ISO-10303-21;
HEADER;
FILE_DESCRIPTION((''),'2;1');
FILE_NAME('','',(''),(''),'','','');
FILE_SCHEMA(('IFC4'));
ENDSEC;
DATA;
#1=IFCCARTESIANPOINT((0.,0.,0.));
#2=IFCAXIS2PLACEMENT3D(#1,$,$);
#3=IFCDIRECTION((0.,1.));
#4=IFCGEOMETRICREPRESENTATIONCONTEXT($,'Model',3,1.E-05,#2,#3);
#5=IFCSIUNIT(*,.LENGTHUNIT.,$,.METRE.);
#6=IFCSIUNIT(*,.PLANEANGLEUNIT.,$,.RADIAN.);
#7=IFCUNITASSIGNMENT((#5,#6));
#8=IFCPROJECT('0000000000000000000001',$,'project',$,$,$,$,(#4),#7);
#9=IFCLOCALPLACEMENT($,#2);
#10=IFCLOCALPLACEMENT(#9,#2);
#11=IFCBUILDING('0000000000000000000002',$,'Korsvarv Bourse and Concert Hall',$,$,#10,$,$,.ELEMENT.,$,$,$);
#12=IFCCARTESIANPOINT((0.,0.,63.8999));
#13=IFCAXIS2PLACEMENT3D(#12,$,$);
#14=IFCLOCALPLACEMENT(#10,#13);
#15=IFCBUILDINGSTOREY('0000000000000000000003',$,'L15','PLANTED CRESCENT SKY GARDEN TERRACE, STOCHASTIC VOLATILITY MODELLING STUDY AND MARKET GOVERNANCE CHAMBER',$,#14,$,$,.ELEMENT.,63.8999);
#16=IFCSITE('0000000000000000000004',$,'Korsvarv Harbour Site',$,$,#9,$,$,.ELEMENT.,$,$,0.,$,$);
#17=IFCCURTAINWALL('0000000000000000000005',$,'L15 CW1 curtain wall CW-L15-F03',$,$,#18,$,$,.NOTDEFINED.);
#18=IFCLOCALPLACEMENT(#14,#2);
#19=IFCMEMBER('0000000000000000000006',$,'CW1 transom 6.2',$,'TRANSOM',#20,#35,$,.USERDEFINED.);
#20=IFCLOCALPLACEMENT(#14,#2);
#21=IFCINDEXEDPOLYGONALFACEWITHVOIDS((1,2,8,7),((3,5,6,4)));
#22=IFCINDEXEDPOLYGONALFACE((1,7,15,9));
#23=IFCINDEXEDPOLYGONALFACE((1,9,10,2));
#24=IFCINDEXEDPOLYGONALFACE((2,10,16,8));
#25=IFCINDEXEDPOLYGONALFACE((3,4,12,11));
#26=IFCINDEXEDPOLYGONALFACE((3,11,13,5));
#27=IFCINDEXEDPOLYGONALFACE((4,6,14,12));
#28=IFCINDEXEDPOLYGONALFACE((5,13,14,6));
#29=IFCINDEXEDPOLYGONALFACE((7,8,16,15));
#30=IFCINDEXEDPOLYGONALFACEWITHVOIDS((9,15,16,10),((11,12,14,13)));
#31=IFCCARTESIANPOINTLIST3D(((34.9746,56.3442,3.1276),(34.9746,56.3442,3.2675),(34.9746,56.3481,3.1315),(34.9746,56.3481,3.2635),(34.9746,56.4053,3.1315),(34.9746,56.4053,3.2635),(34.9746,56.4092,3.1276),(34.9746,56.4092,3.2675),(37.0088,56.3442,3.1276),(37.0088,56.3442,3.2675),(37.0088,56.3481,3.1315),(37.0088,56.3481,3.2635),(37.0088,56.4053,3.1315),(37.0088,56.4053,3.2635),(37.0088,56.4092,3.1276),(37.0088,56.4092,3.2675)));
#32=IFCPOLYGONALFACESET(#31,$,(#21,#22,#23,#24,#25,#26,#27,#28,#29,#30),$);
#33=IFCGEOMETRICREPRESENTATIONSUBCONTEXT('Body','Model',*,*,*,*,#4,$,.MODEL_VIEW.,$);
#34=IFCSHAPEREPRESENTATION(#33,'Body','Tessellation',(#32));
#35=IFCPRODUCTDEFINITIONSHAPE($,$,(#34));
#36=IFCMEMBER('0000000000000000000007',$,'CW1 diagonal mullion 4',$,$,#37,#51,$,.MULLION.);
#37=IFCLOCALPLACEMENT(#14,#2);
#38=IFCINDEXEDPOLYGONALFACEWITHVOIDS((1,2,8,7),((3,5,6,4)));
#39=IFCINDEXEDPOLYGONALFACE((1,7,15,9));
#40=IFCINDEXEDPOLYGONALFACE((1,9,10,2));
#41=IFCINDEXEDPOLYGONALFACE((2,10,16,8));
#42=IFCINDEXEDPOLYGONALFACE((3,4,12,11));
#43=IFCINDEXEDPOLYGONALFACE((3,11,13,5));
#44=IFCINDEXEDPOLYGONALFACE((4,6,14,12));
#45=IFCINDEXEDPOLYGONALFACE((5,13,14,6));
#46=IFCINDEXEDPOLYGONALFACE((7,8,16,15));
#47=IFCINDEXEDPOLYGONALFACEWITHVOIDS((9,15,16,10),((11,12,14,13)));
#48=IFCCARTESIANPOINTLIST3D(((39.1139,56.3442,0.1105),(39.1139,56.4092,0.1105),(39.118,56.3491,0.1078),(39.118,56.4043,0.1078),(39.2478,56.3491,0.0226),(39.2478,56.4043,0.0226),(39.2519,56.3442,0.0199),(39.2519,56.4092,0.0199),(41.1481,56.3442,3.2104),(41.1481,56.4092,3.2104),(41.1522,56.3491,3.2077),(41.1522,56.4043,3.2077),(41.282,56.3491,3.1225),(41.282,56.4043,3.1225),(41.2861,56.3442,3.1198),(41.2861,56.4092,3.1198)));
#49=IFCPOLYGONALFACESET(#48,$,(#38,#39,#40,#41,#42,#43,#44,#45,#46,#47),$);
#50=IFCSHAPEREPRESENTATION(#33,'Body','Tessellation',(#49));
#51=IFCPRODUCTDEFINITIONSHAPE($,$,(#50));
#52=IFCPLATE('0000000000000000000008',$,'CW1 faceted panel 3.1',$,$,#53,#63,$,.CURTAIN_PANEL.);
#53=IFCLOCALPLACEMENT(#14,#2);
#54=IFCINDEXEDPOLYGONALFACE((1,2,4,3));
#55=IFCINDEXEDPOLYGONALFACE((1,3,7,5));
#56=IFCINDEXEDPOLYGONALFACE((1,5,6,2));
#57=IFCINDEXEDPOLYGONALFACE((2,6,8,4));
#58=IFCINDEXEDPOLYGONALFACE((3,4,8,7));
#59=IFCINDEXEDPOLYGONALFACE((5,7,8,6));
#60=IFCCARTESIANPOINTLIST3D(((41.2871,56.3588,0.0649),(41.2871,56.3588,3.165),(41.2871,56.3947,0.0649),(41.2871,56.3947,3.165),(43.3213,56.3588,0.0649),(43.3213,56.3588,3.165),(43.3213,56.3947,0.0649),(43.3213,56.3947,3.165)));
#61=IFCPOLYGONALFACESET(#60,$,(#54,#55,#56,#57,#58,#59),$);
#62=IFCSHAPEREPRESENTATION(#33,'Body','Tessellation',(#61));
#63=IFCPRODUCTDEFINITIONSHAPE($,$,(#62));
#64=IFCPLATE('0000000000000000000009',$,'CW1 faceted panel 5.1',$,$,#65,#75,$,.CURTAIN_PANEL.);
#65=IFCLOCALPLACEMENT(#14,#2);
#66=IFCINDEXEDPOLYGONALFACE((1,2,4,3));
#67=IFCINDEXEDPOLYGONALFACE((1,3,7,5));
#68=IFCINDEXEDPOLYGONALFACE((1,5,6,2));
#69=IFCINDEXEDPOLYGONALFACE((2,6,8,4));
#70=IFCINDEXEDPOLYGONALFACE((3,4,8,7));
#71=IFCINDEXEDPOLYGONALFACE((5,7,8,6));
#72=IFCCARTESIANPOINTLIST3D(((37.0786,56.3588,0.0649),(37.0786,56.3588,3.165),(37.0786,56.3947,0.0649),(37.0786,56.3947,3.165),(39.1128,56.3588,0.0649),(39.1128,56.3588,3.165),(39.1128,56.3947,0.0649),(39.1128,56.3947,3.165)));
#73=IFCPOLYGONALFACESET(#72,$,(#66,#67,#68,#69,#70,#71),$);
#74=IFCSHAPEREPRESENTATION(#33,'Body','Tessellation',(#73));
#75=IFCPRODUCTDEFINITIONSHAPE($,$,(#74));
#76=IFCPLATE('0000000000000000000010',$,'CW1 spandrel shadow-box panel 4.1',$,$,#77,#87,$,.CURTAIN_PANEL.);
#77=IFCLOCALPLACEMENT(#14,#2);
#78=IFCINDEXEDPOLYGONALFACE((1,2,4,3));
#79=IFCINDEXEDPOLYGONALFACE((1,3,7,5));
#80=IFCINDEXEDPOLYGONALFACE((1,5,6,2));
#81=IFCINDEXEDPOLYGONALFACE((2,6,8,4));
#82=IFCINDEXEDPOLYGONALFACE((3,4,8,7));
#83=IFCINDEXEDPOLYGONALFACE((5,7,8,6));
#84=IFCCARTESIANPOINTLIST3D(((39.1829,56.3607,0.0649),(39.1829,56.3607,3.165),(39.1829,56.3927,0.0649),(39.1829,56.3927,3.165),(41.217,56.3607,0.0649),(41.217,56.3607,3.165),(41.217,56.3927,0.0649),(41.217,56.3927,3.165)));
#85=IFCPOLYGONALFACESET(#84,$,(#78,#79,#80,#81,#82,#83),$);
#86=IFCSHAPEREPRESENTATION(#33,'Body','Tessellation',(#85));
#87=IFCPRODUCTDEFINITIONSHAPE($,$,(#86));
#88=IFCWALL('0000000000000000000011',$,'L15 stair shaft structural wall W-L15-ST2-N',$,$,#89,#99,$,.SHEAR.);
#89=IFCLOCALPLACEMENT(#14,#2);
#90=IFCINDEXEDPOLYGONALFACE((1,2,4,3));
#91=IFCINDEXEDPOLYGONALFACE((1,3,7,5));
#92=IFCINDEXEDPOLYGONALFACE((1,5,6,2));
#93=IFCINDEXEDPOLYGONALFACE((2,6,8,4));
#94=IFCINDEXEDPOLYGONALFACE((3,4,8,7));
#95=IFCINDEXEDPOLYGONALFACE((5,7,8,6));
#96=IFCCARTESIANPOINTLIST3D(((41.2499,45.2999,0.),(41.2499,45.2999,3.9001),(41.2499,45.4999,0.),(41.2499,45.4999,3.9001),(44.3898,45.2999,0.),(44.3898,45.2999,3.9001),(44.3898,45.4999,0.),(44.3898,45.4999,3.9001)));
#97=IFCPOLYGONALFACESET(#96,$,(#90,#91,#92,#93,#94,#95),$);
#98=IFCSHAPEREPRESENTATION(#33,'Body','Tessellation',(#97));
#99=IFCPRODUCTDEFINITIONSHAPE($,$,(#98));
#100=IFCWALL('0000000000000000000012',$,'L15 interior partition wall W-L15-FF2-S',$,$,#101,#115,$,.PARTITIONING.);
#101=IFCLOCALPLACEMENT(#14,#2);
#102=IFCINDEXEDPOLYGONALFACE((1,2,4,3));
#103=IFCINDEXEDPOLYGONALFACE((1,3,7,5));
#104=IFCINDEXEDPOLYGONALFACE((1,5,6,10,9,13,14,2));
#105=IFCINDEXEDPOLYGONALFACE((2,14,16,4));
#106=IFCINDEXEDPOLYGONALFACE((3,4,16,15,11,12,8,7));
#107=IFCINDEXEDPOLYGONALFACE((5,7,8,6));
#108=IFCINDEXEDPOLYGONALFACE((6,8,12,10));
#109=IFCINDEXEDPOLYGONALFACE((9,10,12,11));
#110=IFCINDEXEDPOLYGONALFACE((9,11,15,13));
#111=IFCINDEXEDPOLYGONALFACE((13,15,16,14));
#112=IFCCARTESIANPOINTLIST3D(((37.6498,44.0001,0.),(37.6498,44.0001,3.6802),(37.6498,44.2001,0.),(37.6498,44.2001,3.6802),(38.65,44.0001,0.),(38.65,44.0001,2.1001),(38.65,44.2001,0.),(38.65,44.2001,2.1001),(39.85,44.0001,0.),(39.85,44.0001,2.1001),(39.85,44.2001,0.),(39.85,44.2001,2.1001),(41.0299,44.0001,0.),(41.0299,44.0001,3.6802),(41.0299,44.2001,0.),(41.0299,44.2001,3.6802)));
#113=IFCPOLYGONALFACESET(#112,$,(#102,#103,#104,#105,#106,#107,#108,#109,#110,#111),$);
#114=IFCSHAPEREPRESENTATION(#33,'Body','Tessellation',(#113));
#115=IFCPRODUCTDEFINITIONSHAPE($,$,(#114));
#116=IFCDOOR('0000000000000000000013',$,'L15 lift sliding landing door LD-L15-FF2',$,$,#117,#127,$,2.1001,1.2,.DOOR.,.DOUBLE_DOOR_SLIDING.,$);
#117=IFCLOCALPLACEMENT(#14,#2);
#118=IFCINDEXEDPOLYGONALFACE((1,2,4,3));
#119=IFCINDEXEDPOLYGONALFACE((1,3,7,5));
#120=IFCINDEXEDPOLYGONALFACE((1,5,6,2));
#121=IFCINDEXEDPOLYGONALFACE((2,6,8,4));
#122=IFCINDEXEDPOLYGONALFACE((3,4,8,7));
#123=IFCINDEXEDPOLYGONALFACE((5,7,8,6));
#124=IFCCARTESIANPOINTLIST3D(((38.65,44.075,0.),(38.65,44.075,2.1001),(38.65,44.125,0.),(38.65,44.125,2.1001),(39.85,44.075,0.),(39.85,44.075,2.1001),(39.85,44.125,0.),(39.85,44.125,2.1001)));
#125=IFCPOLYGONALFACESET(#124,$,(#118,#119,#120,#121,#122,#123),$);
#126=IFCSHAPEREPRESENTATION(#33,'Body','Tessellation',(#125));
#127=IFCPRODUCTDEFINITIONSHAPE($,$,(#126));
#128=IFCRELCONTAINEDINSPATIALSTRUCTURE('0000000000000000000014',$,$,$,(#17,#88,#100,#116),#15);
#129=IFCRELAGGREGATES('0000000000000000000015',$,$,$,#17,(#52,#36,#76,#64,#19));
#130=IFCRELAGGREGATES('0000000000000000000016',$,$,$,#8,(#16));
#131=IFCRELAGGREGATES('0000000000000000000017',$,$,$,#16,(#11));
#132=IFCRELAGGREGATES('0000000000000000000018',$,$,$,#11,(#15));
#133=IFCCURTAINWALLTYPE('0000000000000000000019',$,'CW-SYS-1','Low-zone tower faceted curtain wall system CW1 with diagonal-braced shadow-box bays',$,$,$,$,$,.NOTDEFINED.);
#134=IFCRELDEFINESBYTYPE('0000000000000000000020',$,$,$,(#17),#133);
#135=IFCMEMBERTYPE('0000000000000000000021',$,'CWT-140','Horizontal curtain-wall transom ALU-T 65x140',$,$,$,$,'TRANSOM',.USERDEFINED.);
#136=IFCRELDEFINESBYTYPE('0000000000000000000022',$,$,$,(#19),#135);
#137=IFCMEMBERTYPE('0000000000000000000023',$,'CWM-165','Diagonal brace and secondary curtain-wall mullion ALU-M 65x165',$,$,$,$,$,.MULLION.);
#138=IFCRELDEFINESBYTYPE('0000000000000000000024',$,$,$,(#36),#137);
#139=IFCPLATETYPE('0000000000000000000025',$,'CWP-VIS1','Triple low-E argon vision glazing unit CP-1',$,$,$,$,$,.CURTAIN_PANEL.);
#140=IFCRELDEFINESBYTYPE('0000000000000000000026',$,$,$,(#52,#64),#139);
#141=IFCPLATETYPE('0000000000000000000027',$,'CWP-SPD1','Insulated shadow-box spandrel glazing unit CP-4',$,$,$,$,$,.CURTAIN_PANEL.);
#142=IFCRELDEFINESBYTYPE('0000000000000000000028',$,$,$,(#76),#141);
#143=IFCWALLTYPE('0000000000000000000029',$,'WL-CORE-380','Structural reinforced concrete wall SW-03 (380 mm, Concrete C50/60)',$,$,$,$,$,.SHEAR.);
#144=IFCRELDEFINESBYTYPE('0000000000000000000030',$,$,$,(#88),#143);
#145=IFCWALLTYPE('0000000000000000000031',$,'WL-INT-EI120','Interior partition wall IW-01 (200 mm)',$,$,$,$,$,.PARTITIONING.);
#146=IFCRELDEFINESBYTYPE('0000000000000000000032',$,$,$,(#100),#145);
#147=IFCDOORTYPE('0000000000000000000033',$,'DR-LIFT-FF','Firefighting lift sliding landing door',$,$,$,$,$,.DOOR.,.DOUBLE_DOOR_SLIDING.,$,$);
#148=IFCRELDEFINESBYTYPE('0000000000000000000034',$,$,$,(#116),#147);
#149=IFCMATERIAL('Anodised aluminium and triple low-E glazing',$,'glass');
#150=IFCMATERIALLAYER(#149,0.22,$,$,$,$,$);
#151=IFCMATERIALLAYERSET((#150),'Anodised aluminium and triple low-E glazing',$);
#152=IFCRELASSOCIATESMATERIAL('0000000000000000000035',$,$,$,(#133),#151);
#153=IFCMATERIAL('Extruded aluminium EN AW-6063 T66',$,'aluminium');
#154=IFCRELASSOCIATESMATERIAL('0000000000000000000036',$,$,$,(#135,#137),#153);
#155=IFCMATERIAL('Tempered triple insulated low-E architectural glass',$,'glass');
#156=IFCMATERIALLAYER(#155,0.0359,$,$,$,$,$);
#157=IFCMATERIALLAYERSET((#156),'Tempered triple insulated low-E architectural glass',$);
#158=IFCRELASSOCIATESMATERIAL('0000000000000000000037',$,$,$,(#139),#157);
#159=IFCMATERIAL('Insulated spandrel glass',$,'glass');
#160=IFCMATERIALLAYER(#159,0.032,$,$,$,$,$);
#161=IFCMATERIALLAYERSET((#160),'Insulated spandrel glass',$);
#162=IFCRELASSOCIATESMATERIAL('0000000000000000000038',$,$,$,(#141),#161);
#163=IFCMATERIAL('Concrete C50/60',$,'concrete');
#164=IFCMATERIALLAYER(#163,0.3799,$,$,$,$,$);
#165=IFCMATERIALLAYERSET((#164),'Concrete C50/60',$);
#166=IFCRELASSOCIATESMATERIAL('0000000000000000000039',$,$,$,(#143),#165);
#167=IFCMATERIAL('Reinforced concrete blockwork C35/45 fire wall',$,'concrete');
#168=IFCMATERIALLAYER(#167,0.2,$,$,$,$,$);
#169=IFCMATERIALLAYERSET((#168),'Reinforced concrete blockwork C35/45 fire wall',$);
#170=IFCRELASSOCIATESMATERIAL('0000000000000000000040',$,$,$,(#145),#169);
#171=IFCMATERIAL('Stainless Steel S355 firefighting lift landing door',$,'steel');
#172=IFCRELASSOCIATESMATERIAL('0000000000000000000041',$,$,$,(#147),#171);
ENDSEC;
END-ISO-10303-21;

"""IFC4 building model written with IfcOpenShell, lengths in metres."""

from ifc_helpers import new_model, si_unit, direction, frame, frame_2d, origin, origin_2d, place, context, subcontext, project, spatial, rectangle, hollow_rectangle, extrude, source, transform, mapped, material, layer, layer_set, material_profile, profile_set, type_object, element, fill, aggregate, save


model = new_model("IFC4")

# Units and contexts
model_context = context("Model", 3, precision=1e-05, world=origin(), true_north=direction((0.0, 1.0)))
body_context = subcontext(model_context, "Body", "Model", "MODEL_VIEW")
ifc_project = project(units=[si_unit("LENGTHUNIT", "METRE"), si_unit("PLANEANGLEUNIT", "RADIAN")], contexts=[model_context])

# Site, building, storey
site_placement = place(None, origin())
site = spatial("IfcSite", under=ifc_project, at=site_placement, Name="Korsvarv Harbour Site", CompositionType="ELEMENT", RefElevation=0.0)
building_placement = place(site_placement, origin())
building = spatial("IfcBuilding", under=site, at=building_placement, Name="Korsvarv Bourse and Concert Hall", CompositionType="ELEMENT")
storey_placement = place(building_placement, frame((0.0, 0.0, 63.8999)))
storey = spatial("IfcBuildingStorey", under=building, at=storey_placement, Name="L15", Description="PLANTED CRESCENT SKY GARDEN TERRACE, STOCHASTIC VOLATILITY MODELLING STUDY AND MARKET GOVERNANCE CHAMBER", CompositionType="ELEMENT", Elevation=63.8999)

# Curtain wall, members, plates
ifc_material_1 = material(Name="Anodised aluminium and triple low-E glazing", Category="glass")
ifc_layer_1 = layer(ifc_material_1, 0.22)
ifc_layer_set_1 = layer_set([ifc_layer_1], Name="Anodised aluminium and triple low-E glazing")
curtain_wall_type = type_object("IfcCurtainWallType", Name="CW-SYS-1", Description="Low-zone tower faceted curtain wall system CW1 with diagonal-braced shadow-box bays", PredefinedType="NOTDEFINED", material=ifc_layer_set_1)
curtain_wall_placement = place(storey_placement, origin())
curtain_wall = element("IfcCurtainWall", 1, at=curtain_wall_placement, inside=storey, type_object=curtain_wall_type, Name="L15 CW1 curtain wall CW-L15-F03", PredefinedType="NOTDEFINED")
ifc_material_2 = material(Name="Extruded aluminium EN AW-6063 T66", Category="aluminium")
ifc_material_profile_1 = material_profile(ifc_material_2, hollow_rectangle(XDim=0.0649, YDim=0.1399, WallThickness=0.0039, at=origin_2d()), Name="ALU-T 65x140")
ifc_profile_set_1 = profile_set([ifc_material_profile_1], Name="Extruded aluminium EN AW-6063 T66")
member_type_1 = type_object("IfcMemberType", Name="CWT-140", Description="Horizontal curtain-wall transom ALU-T 65x140", ElementType="TRANSOM", PredefinedType="USERDEFINED", material=ifc_profile_set_1)
shared_shape_1 = source(origin(), body_context, "Body", "SweptSolid", [
    extrude(hollow_rectangle(XDim=0.0649, YDim=0.1399, WallThickness=0.0039, at=origin_2d()), origin(), (0.0, 0.0, 1.0), 2.0342),
])
member_1_placement = place(storey_placement, frame((37.0088, 56.3767, 3.1975), z_axis=(-1.0, 0.0, 0.0), x_axis=(0.0, -1.0, 0.0)))
member_1 = element("IfcMember", 2, at=member_1_placement, type_object=member_type_1, Name="CW1 transom 6.2", ObjectType="TRANSOM", PredefinedType="USERDEFINED", context=body_context, shape_type="MappedRepresentation", body=[
    mapped(shared_shape_1, transform((0.0, 0.0, 0.0), scale=1.0)),
])
ifc_material_profile_2 = material_profile(ifc_material_2, hollow_rectangle(XDim=0.0649, YDim=0.165, WallThickness=0.0049, at=origin_2d()), Name="ALU-M 65x165")
ifc_profile_set_2 = profile_set([ifc_material_profile_2], Name="Extruded aluminium EN AW-6063 T66")
member_type_2 = type_object("IfcMemberType", Name="CWM-165", Description="Diagonal brace and secondary curtain-wall mullion ALU-M 65x165", PredefinedType="MULLION", material=ifc_profile_set_2)
shared_shape_2 = source(origin(), body_context, "Body", "SweptSolid", [
    extrude(hollow_rectangle(XDim=0.0649, YDim=0.165, WallThickness=0.0049, at=origin_2d()), origin(), (0.0, 0.0, 1.0), 3.7078),
])
member_2_placement = place(storey_placement, frame((39.1829, 56.3767, 0.0652), z_axis=(0.548638, 0.0, 0.83606), x_axis=(0.0, 1.0, 0.0)))
member_2 = element("IfcMember", 3, at=member_2_placement, type_object=member_type_2, Name="CW1 diagonal mullion 4", PredefinedType="MULLION", context=body_context, shape_type="MappedRepresentation", body=[
    mapped(shared_shape_2, transform((0.0, 0.0, 0.0), scale=1.0)),
])
ifc_material_3 = material(Name="Tempered triple insulated low-E architectural glass", Category="glass")
ifc_layer_2 = layer(ifc_material_3, 0.0359)
ifc_layer_set_2 = layer_set([ifc_layer_2], Name="Tempered triple insulated low-E architectural glass")
plate_type_1 = type_object("IfcPlateType", Name="CWP-VIS1", Description="Triple low-E argon vision glazing unit CP-1", PredefinedType="CURTAIN_PANEL", material=ifc_layer_set_2)
shared_shape_3 = source(origin(), body_context, "Body", "SweptSolid", [
    extrude(rectangle(XDim=2.0342, YDim=0.0359, at=origin_2d()), origin(), (0.0, 0.0, 1.0), 3.1001),
])
plate_1_placement = place(storey_placement, frame((42.3042, 56.3767, 0.0649), z_axis=(0.0, 0.0, 1.0), x_axis=(-1.0, 0.0, 0.0)))
plate_1 = element("IfcPlate", 4, at=plate_1_placement, type_object=plate_type_1, Name="CW1 faceted panel 3.1", PredefinedType="CURTAIN_PANEL", context=body_context, shape_type="MappedRepresentation", body=[
    mapped(shared_shape_3, transform((0.0, 0.0, 0.0), scale=1.0)),
])
plate_2_placement = place(storey_placement, frame((38.0957, 56.3767, 0.0649), z_axis=(0.0, 0.0, 1.0), x_axis=(-1.0, 0.0, 0.0)))
plate_2 = element("IfcPlate", 5, at=plate_2_placement, type_object=plate_type_1, Name="CW1 faceted panel 5.1", PredefinedType="CURTAIN_PANEL", context=body_context, shape_type="MappedRepresentation", body=[
    mapped(shared_shape_3, transform((0.0, 0.0, 0.0), scale=1.0)),
])
ifc_material_4 = material(Name="Insulated spandrel glass", Category="glass")
ifc_layer_3 = layer(ifc_material_4, 0.032)
ifc_layer_set_3 = layer_set([ifc_layer_3], Name="Insulated spandrel glass")
plate_type_2 = type_object("IfcPlateType", Name="CWP-SPD1", Description="Insulated shadow-box spandrel glazing unit CP-4", PredefinedType="CURTAIN_PANEL", material=ifc_layer_set_3)
shared_shape_4 = source(origin(), body_context, "Body", "SweptSolid", [
    extrude(rectangle(XDim=2.0342, YDim=0.032, at=origin_2d()), origin(), (0.0, 0.0, 1.0), 3.1001),
])
plate_3_placement = place(storey_placement, frame((40.2, 56.3767, 0.0649), z_axis=(0.0, 0.0, 1.0), x_axis=(-1.0, 0.0, 0.0)))
plate_3 = element("IfcPlate", 6, at=plate_3_placement, type_object=plate_type_2, Name="CW1 spandrel shadow-box panel 4.1", PredefinedType="CURTAIN_PANEL", context=body_context, shape_type="MappedRepresentation", body=[
    mapped(shared_shape_4, transform((0.0, 0.0, 0.0), scale=1.0)),
])
aggregate(curtain_wall, [plate_1, member_2, plate_3, plate_2, member_1])

# Wall
ifc_material_5 = material(Name="Concrete C50/60", Category="concrete")
ifc_layer_4 = layer(ifc_material_5, 0.3799)
ifc_layer_set_4 = layer_set([ifc_layer_4], Name="Concrete C50/60")
wall_type_1 = type_object("IfcWallType", Name="WL-CORE-380", Description="Structural reinforced concrete wall SW-03 (380 mm, Concrete C50/60)", PredefinedType="SHEAR", material=ifc_layer_set_4)
wall_1_placement = place(storey_placement, frame((41.25, 45.3999, 0.0), z_axis=(0.0, 0.0, 1.0), x_axis=(1.0, 0.0, 0.0)))
element("IfcWall", 7, at=wall_1_placement, inside=storey, type_object=wall_type_1, Name="L15 stair shaft structural wall W-L15-ST2-N", PredefinedType="SHEAR", context=body_context, shape_type="SweptSolid", body=[
    extrude(rectangle(XDim=3.1399, YDim=0.2, at=frame_2d((1.5698, 0.0))), origin(), (0.0, 0.0, 1.0), 3.9001),
])

# Wall, opening, door
ifc_material_6 = material(Name="Reinforced concrete blockwork C35/45 fire wall", Category="concrete")
ifc_layer_5 = layer(ifc_material_6, 0.2)
ifc_layer_set_5 = layer_set([ifc_layer_5], Name="Reinforced concrete blockwork C35/45 fire wall")
wall_type_2 = type_object("IfcWallType", Name="WL-INT-EI120", Description="Interior partition wall IW-01 (200 mm)", PredefinedType="PARTITIONING", material=ifc_layer_set_5)
wall_2_placement = place(storey_placement, frame((37.6499, 44.1001, 0.0), z_axis=(0.0, 0.0, 1.0), x_axis=(1.0, 0.0, 0.0)))
wall_2 = element("IfcWall", 8, at=wall_2_placement, inside=storey, type_object=wall_type_2, Name="L15 interior partition wall W-L15-FF2-S", PredefinedType="PARTITIONING", context=body_context, shape_type="SweptSolid", body=[
    extrude(rectangle(XDim=3.3801, YDim=0.2, at=frame_2d((1.6899, 0.0))), origin(), (0.0, 0.0, 1.0), 3.6802),
])
opening_placement = place(wall_2_placement, frame((1.0, 0.0, 0.0)))
opening = element("IfcOpeningElement", 9, at=opening_placement, cuts=wall_2, PredefinedType="OPENING", context=body_context, shape_type="SweptSolid", body=[
    extrude(rectangle(XDim=1.2, YDim=2.1001, at=frame_2d((0.6001, 1.05))), frame((0.0, 0.1099, 0.0), z_axis=(0.0, -1.0, 0.0), x_axis=(1.0, 0.0, 0.0)), (0.0, 0.0, 1.0), 0.22),
])
ifc_material_7 = material(Name="Stainless Steel S355 firefighting lift landing door", Category="steel")
door_type = type_object("IfcDoorType", Name="DR-LIFT-FF", Description="Firefighting lift sliding landing door", OperationType="DOUBLE_DOOR_SLIDING", PredefinedType="DOOR", material=ifc_material_7)
door_placement = place(opening_placement, origin())
door = element("IfcDoor", 10, at=door_placement, inside=storey, type_object=door_type, Name="L15 lift sliding landing door LD-L15-FF2", OperationType="DOUBLE_DOOR_SLIDING", OverallHeight=2.1001, OverallWidth=1.2, PredefinedType="DOOR", context=body_context, shape_type="SweptSolid", body=[
    extrude(rectangle(XDim=1.2, YDim=2.1001, at=frame_2d((0.6001, 1.05))), frame((0.0, 0.0249, 0.0), z_axis=(0.0, -1.0, 0.0), x_axis=(1.0, 0.0, 0.0)), (0.0, 0.0, 1.0), 0.05),
])
fill(opening, door)

save(model, "model.ifc")
